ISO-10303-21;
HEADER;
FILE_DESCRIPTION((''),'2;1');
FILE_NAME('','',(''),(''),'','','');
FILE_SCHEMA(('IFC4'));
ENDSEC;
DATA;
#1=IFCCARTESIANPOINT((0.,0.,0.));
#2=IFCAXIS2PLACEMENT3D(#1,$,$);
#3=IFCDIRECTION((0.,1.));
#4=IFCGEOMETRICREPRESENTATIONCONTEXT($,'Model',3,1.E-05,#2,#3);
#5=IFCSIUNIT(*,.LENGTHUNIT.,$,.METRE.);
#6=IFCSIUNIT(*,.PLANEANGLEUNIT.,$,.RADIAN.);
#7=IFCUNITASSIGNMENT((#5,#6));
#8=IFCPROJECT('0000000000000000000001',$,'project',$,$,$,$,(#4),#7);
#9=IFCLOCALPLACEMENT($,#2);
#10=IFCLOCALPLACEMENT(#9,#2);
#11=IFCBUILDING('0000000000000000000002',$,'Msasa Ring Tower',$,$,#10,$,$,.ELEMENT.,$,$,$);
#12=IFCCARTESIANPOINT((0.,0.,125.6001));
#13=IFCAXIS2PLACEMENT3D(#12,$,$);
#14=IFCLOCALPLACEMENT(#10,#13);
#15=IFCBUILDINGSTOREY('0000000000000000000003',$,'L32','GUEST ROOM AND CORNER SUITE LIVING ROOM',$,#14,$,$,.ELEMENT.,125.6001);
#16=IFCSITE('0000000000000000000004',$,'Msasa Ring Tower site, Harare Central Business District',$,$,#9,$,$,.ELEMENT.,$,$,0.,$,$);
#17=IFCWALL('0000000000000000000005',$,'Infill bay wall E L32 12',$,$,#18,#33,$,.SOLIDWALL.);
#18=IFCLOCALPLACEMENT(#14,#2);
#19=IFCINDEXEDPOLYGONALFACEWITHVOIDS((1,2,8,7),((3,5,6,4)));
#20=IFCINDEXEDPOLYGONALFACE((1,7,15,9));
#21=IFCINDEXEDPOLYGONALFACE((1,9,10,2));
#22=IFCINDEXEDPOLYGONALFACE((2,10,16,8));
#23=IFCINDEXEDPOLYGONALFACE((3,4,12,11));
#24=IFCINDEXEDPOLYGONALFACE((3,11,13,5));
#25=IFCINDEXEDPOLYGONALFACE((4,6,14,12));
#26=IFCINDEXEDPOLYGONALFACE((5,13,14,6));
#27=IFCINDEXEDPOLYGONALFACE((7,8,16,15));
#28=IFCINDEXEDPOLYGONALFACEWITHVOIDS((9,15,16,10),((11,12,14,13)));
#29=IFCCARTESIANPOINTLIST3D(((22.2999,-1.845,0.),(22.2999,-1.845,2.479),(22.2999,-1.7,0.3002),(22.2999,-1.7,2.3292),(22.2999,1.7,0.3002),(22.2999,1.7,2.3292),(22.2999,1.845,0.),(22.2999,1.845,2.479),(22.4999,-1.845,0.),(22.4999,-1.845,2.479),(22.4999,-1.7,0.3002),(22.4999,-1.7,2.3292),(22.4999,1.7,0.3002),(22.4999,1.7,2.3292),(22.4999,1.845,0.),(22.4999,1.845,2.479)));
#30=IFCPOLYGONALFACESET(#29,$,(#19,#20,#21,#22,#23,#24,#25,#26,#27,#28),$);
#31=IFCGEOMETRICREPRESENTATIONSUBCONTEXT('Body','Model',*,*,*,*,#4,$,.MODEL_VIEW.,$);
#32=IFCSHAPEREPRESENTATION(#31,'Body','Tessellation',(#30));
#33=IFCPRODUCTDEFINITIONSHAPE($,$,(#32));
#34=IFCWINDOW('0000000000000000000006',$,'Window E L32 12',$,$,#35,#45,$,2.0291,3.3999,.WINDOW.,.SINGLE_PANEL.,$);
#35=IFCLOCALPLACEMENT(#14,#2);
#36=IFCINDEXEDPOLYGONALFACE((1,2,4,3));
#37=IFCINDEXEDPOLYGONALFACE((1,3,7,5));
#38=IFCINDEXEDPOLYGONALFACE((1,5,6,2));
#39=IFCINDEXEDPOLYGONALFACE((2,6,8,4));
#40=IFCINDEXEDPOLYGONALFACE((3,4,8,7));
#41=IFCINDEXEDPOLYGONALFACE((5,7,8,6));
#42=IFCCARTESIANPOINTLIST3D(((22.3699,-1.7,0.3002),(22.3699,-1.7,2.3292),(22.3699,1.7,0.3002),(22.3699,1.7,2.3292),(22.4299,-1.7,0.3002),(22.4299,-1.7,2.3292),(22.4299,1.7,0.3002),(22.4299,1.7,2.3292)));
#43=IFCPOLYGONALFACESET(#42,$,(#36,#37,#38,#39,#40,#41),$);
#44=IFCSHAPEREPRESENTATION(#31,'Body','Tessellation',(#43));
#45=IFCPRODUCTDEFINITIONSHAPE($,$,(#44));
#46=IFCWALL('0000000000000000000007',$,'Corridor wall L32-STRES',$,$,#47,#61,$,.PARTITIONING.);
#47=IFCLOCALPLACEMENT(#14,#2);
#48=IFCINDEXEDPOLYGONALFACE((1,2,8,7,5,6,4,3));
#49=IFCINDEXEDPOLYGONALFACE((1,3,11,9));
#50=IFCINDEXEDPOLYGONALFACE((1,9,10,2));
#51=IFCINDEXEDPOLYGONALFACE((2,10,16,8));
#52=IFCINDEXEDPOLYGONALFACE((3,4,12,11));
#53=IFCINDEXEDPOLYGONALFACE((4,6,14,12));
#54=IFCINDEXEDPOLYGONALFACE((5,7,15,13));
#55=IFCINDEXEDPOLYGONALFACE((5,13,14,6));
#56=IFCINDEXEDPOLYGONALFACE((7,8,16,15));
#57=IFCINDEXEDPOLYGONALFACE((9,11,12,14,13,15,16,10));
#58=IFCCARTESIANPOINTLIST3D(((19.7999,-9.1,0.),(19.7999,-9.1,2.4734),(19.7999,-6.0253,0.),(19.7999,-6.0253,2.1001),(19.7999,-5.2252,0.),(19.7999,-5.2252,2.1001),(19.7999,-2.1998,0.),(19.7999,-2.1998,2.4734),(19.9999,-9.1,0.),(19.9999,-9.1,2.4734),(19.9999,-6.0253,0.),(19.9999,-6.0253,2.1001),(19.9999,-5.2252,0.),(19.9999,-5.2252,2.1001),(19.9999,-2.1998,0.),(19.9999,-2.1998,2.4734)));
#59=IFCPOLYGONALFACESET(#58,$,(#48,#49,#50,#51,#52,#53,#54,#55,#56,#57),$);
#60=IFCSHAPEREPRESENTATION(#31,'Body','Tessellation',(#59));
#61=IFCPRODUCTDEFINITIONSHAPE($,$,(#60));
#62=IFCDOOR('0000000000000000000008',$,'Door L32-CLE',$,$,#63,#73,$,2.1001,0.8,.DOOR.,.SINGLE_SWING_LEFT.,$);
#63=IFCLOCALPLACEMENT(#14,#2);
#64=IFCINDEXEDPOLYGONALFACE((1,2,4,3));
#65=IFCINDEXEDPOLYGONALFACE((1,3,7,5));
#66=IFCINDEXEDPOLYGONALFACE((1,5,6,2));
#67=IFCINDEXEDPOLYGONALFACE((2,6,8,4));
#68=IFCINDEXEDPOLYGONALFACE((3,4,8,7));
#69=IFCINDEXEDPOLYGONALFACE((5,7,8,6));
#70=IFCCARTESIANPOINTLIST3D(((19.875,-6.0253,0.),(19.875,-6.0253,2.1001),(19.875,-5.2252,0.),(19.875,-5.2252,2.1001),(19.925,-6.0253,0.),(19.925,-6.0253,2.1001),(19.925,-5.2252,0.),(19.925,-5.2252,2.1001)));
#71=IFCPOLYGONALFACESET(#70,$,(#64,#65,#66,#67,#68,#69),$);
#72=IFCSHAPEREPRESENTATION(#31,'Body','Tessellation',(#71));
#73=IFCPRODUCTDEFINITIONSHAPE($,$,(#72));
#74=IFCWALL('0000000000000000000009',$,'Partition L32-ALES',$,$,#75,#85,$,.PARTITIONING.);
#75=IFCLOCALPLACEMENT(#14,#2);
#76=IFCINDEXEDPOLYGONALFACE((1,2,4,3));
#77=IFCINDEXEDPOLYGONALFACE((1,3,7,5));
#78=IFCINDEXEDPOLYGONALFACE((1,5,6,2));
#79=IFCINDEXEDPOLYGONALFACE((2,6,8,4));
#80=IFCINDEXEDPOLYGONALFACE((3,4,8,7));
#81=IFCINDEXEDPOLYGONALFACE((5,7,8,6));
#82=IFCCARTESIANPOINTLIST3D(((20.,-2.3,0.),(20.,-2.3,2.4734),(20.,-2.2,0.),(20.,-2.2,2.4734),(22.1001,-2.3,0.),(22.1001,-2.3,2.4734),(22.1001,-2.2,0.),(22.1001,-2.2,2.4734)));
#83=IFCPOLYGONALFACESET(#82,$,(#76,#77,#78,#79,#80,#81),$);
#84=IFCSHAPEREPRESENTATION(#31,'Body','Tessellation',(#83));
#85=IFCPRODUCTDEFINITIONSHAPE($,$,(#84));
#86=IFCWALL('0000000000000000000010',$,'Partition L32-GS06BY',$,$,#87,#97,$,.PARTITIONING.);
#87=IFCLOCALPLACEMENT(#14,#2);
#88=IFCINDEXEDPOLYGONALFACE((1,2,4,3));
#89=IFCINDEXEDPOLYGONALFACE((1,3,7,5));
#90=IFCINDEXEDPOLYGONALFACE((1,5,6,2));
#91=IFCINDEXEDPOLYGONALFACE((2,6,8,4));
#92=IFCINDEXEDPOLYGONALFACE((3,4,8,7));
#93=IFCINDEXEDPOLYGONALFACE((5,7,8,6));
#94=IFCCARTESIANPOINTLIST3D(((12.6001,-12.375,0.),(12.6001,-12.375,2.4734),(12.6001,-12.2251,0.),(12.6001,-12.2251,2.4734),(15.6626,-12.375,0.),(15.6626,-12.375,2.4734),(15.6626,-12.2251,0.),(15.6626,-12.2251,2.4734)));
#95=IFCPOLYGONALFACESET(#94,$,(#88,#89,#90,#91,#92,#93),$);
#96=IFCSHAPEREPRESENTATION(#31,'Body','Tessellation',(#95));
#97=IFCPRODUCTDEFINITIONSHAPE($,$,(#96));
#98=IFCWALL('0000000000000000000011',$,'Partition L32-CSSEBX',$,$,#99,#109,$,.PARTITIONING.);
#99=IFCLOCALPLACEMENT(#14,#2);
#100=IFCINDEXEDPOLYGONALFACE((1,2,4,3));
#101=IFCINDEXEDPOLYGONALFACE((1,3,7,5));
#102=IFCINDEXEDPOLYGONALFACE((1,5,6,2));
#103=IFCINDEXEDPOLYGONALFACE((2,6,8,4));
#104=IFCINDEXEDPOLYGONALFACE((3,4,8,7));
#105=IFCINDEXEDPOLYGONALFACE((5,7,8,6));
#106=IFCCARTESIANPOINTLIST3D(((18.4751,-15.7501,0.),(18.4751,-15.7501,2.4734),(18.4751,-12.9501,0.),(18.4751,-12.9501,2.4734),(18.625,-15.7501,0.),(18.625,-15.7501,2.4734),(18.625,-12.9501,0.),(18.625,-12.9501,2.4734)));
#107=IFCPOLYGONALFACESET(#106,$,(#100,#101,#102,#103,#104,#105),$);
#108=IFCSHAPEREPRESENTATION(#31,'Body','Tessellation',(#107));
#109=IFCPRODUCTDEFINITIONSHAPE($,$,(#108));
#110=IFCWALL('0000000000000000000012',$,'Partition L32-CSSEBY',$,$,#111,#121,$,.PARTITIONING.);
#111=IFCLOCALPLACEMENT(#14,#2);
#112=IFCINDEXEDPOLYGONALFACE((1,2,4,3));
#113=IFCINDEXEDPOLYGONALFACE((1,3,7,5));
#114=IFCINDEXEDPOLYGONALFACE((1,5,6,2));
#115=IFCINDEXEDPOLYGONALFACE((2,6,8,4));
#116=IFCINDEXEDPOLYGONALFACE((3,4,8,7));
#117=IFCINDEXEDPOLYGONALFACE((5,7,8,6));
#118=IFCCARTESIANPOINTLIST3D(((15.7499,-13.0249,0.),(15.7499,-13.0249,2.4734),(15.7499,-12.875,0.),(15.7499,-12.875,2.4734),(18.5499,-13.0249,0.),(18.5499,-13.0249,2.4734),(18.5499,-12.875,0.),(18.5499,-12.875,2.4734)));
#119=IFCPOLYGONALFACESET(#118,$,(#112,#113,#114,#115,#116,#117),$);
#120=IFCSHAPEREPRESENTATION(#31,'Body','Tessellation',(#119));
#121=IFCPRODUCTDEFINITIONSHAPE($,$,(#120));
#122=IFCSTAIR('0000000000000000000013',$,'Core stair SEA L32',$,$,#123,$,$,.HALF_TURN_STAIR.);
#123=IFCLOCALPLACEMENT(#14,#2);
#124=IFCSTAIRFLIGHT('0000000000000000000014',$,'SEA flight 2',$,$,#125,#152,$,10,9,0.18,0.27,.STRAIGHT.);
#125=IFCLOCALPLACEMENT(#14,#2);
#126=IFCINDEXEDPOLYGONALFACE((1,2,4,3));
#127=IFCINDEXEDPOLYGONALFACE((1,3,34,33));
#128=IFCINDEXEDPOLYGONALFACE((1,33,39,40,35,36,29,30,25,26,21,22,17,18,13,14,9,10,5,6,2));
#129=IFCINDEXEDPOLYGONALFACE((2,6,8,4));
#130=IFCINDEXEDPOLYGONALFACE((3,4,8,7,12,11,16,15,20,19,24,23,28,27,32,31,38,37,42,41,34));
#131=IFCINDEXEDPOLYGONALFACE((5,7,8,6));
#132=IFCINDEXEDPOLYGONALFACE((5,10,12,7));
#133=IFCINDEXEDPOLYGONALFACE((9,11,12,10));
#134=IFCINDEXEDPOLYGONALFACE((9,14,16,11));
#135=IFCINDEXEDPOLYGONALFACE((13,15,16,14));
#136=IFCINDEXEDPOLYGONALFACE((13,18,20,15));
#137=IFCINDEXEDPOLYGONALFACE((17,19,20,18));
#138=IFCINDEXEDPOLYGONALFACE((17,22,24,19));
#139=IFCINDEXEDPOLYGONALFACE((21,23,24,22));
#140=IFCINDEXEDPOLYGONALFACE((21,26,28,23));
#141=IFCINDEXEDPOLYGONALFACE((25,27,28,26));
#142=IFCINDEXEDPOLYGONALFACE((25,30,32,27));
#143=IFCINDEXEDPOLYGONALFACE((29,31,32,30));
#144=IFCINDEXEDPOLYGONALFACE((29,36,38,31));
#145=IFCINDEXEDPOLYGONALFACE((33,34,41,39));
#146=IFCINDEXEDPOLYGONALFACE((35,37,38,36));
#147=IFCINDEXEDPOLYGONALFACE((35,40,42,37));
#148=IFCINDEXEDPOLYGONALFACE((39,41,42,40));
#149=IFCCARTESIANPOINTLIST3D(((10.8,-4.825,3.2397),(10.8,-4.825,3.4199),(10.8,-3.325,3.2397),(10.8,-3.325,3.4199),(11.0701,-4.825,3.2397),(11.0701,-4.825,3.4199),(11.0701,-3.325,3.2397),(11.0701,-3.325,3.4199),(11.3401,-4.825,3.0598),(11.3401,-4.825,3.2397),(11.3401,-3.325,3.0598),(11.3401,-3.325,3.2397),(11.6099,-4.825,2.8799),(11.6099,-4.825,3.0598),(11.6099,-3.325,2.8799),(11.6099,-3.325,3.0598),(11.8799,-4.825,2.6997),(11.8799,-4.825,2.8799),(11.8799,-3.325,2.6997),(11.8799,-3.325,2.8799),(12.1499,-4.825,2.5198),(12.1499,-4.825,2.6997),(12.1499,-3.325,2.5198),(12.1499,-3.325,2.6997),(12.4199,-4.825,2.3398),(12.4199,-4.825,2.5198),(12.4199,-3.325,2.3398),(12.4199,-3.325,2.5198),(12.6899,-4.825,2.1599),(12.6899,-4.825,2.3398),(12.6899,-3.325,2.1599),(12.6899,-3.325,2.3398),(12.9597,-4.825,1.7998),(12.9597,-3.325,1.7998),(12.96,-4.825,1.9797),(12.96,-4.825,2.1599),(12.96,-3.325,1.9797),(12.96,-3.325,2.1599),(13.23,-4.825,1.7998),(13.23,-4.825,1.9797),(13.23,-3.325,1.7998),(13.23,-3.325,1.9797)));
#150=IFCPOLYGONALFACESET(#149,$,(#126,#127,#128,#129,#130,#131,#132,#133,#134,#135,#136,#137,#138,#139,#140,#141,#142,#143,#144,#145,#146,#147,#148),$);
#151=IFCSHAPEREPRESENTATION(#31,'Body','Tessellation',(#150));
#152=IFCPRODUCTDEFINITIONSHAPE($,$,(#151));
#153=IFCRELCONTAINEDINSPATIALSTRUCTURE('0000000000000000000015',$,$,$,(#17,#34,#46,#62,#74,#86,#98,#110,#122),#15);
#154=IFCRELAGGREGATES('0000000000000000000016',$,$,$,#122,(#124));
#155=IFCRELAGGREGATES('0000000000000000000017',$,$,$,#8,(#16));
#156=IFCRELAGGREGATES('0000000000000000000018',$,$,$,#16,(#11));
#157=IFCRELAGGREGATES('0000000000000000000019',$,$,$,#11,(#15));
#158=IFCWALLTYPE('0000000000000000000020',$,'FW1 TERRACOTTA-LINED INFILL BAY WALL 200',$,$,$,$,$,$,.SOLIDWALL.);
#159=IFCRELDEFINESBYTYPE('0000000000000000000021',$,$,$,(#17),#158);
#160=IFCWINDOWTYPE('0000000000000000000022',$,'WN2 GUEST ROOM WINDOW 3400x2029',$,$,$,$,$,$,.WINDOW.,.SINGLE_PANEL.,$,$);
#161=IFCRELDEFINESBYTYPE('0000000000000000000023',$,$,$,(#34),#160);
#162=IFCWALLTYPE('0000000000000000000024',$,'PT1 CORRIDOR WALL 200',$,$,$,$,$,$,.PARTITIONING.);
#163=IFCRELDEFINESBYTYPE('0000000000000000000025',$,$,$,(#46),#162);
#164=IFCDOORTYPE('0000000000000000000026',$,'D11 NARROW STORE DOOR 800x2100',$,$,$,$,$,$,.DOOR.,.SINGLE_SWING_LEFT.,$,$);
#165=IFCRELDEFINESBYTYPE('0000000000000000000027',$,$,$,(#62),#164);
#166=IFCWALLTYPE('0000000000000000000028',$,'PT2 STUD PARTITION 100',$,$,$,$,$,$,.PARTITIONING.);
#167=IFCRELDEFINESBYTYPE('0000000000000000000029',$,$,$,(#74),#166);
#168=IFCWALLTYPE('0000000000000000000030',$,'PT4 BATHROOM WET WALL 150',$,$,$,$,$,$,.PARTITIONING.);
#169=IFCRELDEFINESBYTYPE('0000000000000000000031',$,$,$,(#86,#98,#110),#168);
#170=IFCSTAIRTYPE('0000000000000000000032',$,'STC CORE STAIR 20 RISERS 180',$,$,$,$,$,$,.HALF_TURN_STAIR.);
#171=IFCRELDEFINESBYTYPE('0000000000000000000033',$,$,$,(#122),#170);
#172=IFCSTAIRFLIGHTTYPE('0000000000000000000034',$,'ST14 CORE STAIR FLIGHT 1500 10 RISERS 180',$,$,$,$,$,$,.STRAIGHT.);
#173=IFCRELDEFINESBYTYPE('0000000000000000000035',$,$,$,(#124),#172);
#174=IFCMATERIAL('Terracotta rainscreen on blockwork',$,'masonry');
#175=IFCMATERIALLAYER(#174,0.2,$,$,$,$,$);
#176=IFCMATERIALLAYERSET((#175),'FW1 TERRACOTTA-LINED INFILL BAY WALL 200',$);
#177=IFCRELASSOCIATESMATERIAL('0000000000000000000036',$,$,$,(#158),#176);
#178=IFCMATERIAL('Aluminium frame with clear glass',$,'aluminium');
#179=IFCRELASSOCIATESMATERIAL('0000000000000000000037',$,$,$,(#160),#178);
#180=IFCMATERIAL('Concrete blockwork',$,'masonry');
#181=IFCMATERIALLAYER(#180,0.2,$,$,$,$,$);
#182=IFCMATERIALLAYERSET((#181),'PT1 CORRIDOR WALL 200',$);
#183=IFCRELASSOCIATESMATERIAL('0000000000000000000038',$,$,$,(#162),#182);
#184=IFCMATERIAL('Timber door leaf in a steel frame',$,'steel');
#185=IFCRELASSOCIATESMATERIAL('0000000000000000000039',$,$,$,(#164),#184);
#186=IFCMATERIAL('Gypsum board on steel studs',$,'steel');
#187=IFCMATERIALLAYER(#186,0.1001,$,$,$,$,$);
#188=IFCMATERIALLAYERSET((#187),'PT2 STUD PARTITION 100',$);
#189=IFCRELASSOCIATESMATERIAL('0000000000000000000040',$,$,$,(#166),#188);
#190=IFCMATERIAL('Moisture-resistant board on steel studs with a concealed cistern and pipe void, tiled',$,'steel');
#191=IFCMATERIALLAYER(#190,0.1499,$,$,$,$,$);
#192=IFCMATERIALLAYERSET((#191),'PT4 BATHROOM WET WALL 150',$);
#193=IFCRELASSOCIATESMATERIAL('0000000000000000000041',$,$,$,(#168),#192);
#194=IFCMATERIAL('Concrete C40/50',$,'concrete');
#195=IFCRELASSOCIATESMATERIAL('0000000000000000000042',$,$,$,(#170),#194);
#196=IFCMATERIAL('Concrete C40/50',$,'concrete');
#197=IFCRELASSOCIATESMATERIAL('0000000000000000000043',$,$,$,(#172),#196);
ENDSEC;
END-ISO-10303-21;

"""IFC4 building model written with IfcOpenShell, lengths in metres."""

from ifc_helpers import new_model, si_unit, direction, frame, frame_2d, origin, place, context, subcontext, project, spatial, polyline, rectangle, outline, extrude, material, layer, layer_set, type_object, element, fill, aggregate, save


model = new_model("IFC4")

# Units and contexts
model_context = context("Model", 3, precision=1e-05, world=origin(), true_north=direction((0.0, 1.0)))
body_context = subcontext(model_context, "Body", "Model", "MODEL_VIEW")
ifc_project = project(units=[si_unit("LENGTHUNIT", "METRE"), si_unit("PLANEANGLEUNIT", "RADIAN")], contexts=[model_context])

# Site, building, storey
site_placement = place(None, origin())
site = spatial("IfcSite", under=ifc_project, at=site_placement, Name="Msasa Ring Tower site, Harare Central Business District", CompositionType="ELEMENT", RefElevation=0.0)
building_placement = place(site_placement, origin())
building = spatial("IfcBuilding", under=site, at=building_placement, Name="Msasa Ring Tower", CompositionType="ELEMENT")
storey_placement = place(building_placement, frame((0.0, 0.0, 125.6001)))
storey = spatial("IfcBuildingStorey", under=building, at=storey_placement, Name="L32", Description="GUEST ROOM AND CORNER SUITE LIVING ROOM", CompositionType="ELEMENT", Elevation=125.6001)

# Wall, opening, window
ifc_material_1 = material(Name="Terracotta rainscreen on blockwork", Category="masonry")
ifc_layer_1 = layer(ifc_material_1, 0.2)
ifc_layer_set_1 = layer_set([ifc_layer_1], Name="FW1 TERRACOTTA-LINED INFILL BAY WALL 200")
wall_type_1 = type_object("IfcWallType", Name="FW1 TERRACOTTA-LINED INFILL BAY WALL 200", PredefinedType="SOLIDWALL", material=ifc_layer_set_1)
ifc_material_2 = material(Name="Aluminium frame with clear glass", Category="aluminium")
window_type = type_object("IfcWindowType", Name="WN2 GUEST ROOM WINDOW 3400x2029", PartitioningType="SINGLE_PANEL", PredefinedType="WINDOW", material=ifc_material_2)
wall_1_placement = place(storey_placement, frame((22.3999, -1.845, 0.0), z_axis=(0.0, 0.0, 1.0), x_axis=(0.0, 1.0, 0.0)))
wall_1 = element("IfcWall", 1, at=wall_1_placement, inside=storey, type_object=wall_type_1, Name="Infill bay wall E L32 12", PredefinedType="SOLIDWALL", context=body_context, shape_type="SweptSolid", body=[
    extrude(rectangle(XDim=3.6899, YDim=0.2, at=frame_2d((1.845, 0.0))), origin(), (0.0, 0.0, 1.0), 2.479),
])
opening_1_placement = place(wall_1_placement, frame((0.145, 0.0, 0.3)))
opening_1 = element("IfcOpeningElement", 2, at=opening_1_placement, cuts=wall_1, PredefinedType="OPENING", context=body_context, shape_type="SweptSolid", body=[
    extrude(rectangle(XDim=3.3999, YDim=2.0291, at=frame_2d((1.7, 1.0146))), frame((0.0, 0.1099, 0.0), z_axis=(0.0, -1.0, 0.0), x_axis=(1.0, 0.0, 0.0)), (0.0, 0.0, 1.0), 0.22),
])
window_1_placement = place(opening_1_placement, origin())
window_1 = element("IfcWindow", 3, at=window_1_placement, inside=storey, type_object=window_type, Name="Window E L32 12", OverallHeight=2.0291, OverallWidth=3.3999, PartitioningType="SINGLE_PANEL", PredefinedType="WINDOW", context=body_context, shape_type="SweptSolid", body=[
    extrude(rectangle(XDim=3.3999, YDim=2.0291, at=frame_2d((1.7, 1.0146))), frame((0.0, 0.03, 0.0), z_axis=(0.0, -1.0, 0.0), x_axis=(1.0, 0.0, 0.0)), (0.0, 0.0, 1.0), 0.0601),
])
fill(opening_1, window_1)

# Wall, opening, door
ifc_material_3 = material(Name="Concrete blockwork", Category="masonry")
ifc_layer_2 = layer(ifc_material_3, 0.2)
ifc_layer_set_2 = layer_set([ifc_layer_2], Name="PT1 CORRIDOR WALL 200")
wall_type_2 = type_object("IfcWallType", Name="PT1 CORRIDOR WALL 200", PredefinedType="PARTITIONING", material=ifc_layer_set_2)
wall_2_placement = place(storey_placement, frame((19.8999, -9.1001, 0.0), z_axis=(0.0, 0.0, 1.0), x_axis=(0.0, 1.0, 0.0)))
wall_2 = element("IfcWall", 4, at=wall_2_placement, inside=storey, type_object=wall_type_2, Name="Corridor wall L32-STRES", PredefinedType="PARTITIONING", context=body_context, shape_type="SweptSolid", body=[
    extrude(rectangle(XDim=6.9001, YDim=0.2, at=frame_2d((3.4502, 0.0))), origin(), (0.0, 0.0, 1.0), 2.4734),
])
opening_2_placement = place(wall_2_placement, frame((3.075, 0.0, 0.0)))
opening_2 = element("IfcOpeningElement", 5, at=opening_2_placement, cuts=wall_2, PredefinedType="OPENING", context=body_context, shape_type="SweptSolid", body=[
    extrude(rectangle(XDim=0.8, YDim=2.1001, at=frame_2d((0.3999, 1.05))), frame((0.0, 0.1099, 0.0), z_axis=(0.0, -1.0, 0.0), x_axis=(1.0, 0.0, 0.0)), (0.0, 0.0, 1.0), 0.22),
])
ifc_material_4 = material(Name="Timber door leaf in a steel frame", Category="steel")
door_type_1 = type_object("IfcDoorType", Name="D11 NARROW STORE DOOR 800x2100", OperationType="SINGLE_SWING_LEFT", PredefinedType="DOOR", material=ifc_material_4)
door_1_placement = place(opening_2_placement, origin())
door_1 = element("IfcDoor", 6, at=door_1_placement, inside=storey, type_object=door_type_1, Name="Door L32-CLE", OperationType="SINGLE_SWING_LEFT", OverallHeight=2.1001, OverallWidth=0.8, PredefinedType="DOOR", context=body_context, shape_type="SweptSolid", body=[
    extrude(rectangle(XDim=0.8, YDim=2.1001, at=frame_2d((0.3999, 1.05))), frame((0.0, 0.0249, 0.0), z_axis=(0.0, -1.0, 0.0), x_axis=(1.0, 0.0, 0.0)), (0.0, 0.0, 1.0), 0.05),
])
fill(opening_2, door_1)

# Walls
ifc_material_5 = material(Name="Gypsum board on steel studs", Category="steel")
ifc_layer_3 = layer(ifc_material_5, 0.1001)
ifc_layer_set_3 = layer_set([ifc_layer_3], Name="PT2 STUD PARTITION 100")
wall_type_3 = type_object("IfcWallType", Name="PT2 STUD PARTITION 100", PredefinedType="PARTITIONING", material=ifc_layer_set_3)
wall_3_placement = place(storey_placement, frame((20.0, -2.25, 0.0), z_axis=(0.0, 0.0, 1.0), x_axis=(1.0, 0.0, 0.0)))
element("IfcWall", 7, at=wall_3_placement, inside=storey, type_object=wall_type_3, Name="Partition L32-ALES", PredefinedType="PARTITIONING", context=body_context, shape_type="SweptSolid", body=[
    extrude(rectangle(XDim=2.1001, YDim=0.1001, at=frame_2d((1.05, 0.0))), origin(), (0.0, 0.0, 1.0), 2.4734),
])
ifc_material_6 = material(Name="Moisture-resistant board on steel studs with a concealed cistern and pipe void, tiled", Category="steel")
ifc_layer_4 = layer(ifc_material_6, 0.1499)
ifc_layer_set_4 = layer_set([ifc_layer_4], Name="PT4 BATHROOM WET WALL 150")
wall_type_4 = type_object("IfcWallType", Name="PT4 BATHROOM WET WALL 150", PredefinedType="PARTITIONING", material=ifc_layer_set_4)
wall_4_placement = place(storey_placement, frame((12.6001, -12.3, 0.0), z_axis=(0.0, 0.0, 1.0), x_axis=(1.0, 0.0, 0.0)))
element("IfcWall", 8, at=wall_4_placement, inside=storey, type_object=wall_type_4, Name="Partition L32-GS06BY", PredefinedType="PARTITIONING", context=body_context, shape_type="SweptSolid", body=[
    extrude(rectangle(XDim=3.0625, YDim=0.1499, at=frame_2d((1.5312, 0.0))), origin(), (0.0, 0.0, 1.0), 2.4734),
])
for number, where, z_axis, x_axis, name in (
    (9, (18.55, -15.75, 0.0), (0.0, 0.0, 1.0), (0.0, 1.0, 0.0), "Partition L32-CSSEBX"),
    (10, (15.75, -12.95, 0.0), (0.0, 0.0, 1.0), (1.0, 0.0, 0.0), "Partition L32-CSSEBY"),
):
    element("IfcWall", number, at=place(storey_placement, frame(where, z_axis=z_axis, x_axis=x_axis)), inside=storey, type_object=wall_type_4, Name=name, PredefinedType="PARTITIONING", context=body_context, shape_type="SweptSolid", body=[
        extrude(rectangle(XDim=2.8, YDim=0.1499, at=frame_2d((1.3999, 0.0))), origin(), (0.0, 0.0, 1.0), 2.4734),
    ])

# Stair, stair flight
ifc_material_7 = material(Name="Concrete C40/50", Category="concrete")
stair_type = type_object("IfcStairType", Name="STC CORE STAIR 20 RISERS 180", PredefinedType="HALF_TURN_STAIR", material=ifc_material_7)
stair_placement = place(storey_placement, origin())
stair = element("IfcStair", 11, at=stair_placement, inside=storey, type_object=stair_type, Name="Core stair SEA L32", PredefinedType="HALF_TURN_STAIR")
ifc_material_8 = material(Name="Concrete C40/50", Category="concrete")
stair_flight_type = type_object("IfcStairFlightType", Name="ST14 CORE STAIR FLIGHT 1500 10 RISERS 180", PredefinedType="STRAIGHT", material=ifc_material_8)
stair_flight_placement = place(storey_placement, frame((13.23, -4.075, 1.7998), z_axis=(0.0, 0.0, 1.0), x_axis=(-1.0, 0.0, 0.0)))
stair_flight = element("IfcStairFlight", 12, at=stair_flight_placement, type_object=stair_flight_type, Name="SEA flight 2", NumberOfRisers=10, NumberOfTreads=9, PredefinedType="STRAIGHT", RiserHeight=0.18, TreadLength=0.27, context=body_context, shape_type="SweptSolid", body=[
    extrude(outline(polyline([(0.0, 0.0), (0.0, 0.1799), (0.27, 0.1799), (0.27, 0.3601), (0.54, 0.3601), (0.54, 0.54), (0.8101, 0.54), (0.8101, 0.72), (1.0801, 0.72), (1.0801, 0.8999), (1.3501, 0.8999), (1.3501, 1.0801), (1.6201, 1.0801), (1.6201, 1.26), (1.8899, 1.26), (1.8899, 1.4399), (2.1599, 1.4399), (2.1599, 1.6201), (2.4299, 1.6201), (2.4299, 1.8), (2.4299, 1.4399), (0.2703, 0.0), (0.0, 0.0)])), frame((0.0, 0.75, 0.0), z_axis=(0.0, -1.0, 0.0), x_axis=(1.0, 0.0, 0.0)), (0.0, 0.0, 1.0), 1.5),
])
aggregate(stair, [stair_flight])

save(model, "model.ifc")
